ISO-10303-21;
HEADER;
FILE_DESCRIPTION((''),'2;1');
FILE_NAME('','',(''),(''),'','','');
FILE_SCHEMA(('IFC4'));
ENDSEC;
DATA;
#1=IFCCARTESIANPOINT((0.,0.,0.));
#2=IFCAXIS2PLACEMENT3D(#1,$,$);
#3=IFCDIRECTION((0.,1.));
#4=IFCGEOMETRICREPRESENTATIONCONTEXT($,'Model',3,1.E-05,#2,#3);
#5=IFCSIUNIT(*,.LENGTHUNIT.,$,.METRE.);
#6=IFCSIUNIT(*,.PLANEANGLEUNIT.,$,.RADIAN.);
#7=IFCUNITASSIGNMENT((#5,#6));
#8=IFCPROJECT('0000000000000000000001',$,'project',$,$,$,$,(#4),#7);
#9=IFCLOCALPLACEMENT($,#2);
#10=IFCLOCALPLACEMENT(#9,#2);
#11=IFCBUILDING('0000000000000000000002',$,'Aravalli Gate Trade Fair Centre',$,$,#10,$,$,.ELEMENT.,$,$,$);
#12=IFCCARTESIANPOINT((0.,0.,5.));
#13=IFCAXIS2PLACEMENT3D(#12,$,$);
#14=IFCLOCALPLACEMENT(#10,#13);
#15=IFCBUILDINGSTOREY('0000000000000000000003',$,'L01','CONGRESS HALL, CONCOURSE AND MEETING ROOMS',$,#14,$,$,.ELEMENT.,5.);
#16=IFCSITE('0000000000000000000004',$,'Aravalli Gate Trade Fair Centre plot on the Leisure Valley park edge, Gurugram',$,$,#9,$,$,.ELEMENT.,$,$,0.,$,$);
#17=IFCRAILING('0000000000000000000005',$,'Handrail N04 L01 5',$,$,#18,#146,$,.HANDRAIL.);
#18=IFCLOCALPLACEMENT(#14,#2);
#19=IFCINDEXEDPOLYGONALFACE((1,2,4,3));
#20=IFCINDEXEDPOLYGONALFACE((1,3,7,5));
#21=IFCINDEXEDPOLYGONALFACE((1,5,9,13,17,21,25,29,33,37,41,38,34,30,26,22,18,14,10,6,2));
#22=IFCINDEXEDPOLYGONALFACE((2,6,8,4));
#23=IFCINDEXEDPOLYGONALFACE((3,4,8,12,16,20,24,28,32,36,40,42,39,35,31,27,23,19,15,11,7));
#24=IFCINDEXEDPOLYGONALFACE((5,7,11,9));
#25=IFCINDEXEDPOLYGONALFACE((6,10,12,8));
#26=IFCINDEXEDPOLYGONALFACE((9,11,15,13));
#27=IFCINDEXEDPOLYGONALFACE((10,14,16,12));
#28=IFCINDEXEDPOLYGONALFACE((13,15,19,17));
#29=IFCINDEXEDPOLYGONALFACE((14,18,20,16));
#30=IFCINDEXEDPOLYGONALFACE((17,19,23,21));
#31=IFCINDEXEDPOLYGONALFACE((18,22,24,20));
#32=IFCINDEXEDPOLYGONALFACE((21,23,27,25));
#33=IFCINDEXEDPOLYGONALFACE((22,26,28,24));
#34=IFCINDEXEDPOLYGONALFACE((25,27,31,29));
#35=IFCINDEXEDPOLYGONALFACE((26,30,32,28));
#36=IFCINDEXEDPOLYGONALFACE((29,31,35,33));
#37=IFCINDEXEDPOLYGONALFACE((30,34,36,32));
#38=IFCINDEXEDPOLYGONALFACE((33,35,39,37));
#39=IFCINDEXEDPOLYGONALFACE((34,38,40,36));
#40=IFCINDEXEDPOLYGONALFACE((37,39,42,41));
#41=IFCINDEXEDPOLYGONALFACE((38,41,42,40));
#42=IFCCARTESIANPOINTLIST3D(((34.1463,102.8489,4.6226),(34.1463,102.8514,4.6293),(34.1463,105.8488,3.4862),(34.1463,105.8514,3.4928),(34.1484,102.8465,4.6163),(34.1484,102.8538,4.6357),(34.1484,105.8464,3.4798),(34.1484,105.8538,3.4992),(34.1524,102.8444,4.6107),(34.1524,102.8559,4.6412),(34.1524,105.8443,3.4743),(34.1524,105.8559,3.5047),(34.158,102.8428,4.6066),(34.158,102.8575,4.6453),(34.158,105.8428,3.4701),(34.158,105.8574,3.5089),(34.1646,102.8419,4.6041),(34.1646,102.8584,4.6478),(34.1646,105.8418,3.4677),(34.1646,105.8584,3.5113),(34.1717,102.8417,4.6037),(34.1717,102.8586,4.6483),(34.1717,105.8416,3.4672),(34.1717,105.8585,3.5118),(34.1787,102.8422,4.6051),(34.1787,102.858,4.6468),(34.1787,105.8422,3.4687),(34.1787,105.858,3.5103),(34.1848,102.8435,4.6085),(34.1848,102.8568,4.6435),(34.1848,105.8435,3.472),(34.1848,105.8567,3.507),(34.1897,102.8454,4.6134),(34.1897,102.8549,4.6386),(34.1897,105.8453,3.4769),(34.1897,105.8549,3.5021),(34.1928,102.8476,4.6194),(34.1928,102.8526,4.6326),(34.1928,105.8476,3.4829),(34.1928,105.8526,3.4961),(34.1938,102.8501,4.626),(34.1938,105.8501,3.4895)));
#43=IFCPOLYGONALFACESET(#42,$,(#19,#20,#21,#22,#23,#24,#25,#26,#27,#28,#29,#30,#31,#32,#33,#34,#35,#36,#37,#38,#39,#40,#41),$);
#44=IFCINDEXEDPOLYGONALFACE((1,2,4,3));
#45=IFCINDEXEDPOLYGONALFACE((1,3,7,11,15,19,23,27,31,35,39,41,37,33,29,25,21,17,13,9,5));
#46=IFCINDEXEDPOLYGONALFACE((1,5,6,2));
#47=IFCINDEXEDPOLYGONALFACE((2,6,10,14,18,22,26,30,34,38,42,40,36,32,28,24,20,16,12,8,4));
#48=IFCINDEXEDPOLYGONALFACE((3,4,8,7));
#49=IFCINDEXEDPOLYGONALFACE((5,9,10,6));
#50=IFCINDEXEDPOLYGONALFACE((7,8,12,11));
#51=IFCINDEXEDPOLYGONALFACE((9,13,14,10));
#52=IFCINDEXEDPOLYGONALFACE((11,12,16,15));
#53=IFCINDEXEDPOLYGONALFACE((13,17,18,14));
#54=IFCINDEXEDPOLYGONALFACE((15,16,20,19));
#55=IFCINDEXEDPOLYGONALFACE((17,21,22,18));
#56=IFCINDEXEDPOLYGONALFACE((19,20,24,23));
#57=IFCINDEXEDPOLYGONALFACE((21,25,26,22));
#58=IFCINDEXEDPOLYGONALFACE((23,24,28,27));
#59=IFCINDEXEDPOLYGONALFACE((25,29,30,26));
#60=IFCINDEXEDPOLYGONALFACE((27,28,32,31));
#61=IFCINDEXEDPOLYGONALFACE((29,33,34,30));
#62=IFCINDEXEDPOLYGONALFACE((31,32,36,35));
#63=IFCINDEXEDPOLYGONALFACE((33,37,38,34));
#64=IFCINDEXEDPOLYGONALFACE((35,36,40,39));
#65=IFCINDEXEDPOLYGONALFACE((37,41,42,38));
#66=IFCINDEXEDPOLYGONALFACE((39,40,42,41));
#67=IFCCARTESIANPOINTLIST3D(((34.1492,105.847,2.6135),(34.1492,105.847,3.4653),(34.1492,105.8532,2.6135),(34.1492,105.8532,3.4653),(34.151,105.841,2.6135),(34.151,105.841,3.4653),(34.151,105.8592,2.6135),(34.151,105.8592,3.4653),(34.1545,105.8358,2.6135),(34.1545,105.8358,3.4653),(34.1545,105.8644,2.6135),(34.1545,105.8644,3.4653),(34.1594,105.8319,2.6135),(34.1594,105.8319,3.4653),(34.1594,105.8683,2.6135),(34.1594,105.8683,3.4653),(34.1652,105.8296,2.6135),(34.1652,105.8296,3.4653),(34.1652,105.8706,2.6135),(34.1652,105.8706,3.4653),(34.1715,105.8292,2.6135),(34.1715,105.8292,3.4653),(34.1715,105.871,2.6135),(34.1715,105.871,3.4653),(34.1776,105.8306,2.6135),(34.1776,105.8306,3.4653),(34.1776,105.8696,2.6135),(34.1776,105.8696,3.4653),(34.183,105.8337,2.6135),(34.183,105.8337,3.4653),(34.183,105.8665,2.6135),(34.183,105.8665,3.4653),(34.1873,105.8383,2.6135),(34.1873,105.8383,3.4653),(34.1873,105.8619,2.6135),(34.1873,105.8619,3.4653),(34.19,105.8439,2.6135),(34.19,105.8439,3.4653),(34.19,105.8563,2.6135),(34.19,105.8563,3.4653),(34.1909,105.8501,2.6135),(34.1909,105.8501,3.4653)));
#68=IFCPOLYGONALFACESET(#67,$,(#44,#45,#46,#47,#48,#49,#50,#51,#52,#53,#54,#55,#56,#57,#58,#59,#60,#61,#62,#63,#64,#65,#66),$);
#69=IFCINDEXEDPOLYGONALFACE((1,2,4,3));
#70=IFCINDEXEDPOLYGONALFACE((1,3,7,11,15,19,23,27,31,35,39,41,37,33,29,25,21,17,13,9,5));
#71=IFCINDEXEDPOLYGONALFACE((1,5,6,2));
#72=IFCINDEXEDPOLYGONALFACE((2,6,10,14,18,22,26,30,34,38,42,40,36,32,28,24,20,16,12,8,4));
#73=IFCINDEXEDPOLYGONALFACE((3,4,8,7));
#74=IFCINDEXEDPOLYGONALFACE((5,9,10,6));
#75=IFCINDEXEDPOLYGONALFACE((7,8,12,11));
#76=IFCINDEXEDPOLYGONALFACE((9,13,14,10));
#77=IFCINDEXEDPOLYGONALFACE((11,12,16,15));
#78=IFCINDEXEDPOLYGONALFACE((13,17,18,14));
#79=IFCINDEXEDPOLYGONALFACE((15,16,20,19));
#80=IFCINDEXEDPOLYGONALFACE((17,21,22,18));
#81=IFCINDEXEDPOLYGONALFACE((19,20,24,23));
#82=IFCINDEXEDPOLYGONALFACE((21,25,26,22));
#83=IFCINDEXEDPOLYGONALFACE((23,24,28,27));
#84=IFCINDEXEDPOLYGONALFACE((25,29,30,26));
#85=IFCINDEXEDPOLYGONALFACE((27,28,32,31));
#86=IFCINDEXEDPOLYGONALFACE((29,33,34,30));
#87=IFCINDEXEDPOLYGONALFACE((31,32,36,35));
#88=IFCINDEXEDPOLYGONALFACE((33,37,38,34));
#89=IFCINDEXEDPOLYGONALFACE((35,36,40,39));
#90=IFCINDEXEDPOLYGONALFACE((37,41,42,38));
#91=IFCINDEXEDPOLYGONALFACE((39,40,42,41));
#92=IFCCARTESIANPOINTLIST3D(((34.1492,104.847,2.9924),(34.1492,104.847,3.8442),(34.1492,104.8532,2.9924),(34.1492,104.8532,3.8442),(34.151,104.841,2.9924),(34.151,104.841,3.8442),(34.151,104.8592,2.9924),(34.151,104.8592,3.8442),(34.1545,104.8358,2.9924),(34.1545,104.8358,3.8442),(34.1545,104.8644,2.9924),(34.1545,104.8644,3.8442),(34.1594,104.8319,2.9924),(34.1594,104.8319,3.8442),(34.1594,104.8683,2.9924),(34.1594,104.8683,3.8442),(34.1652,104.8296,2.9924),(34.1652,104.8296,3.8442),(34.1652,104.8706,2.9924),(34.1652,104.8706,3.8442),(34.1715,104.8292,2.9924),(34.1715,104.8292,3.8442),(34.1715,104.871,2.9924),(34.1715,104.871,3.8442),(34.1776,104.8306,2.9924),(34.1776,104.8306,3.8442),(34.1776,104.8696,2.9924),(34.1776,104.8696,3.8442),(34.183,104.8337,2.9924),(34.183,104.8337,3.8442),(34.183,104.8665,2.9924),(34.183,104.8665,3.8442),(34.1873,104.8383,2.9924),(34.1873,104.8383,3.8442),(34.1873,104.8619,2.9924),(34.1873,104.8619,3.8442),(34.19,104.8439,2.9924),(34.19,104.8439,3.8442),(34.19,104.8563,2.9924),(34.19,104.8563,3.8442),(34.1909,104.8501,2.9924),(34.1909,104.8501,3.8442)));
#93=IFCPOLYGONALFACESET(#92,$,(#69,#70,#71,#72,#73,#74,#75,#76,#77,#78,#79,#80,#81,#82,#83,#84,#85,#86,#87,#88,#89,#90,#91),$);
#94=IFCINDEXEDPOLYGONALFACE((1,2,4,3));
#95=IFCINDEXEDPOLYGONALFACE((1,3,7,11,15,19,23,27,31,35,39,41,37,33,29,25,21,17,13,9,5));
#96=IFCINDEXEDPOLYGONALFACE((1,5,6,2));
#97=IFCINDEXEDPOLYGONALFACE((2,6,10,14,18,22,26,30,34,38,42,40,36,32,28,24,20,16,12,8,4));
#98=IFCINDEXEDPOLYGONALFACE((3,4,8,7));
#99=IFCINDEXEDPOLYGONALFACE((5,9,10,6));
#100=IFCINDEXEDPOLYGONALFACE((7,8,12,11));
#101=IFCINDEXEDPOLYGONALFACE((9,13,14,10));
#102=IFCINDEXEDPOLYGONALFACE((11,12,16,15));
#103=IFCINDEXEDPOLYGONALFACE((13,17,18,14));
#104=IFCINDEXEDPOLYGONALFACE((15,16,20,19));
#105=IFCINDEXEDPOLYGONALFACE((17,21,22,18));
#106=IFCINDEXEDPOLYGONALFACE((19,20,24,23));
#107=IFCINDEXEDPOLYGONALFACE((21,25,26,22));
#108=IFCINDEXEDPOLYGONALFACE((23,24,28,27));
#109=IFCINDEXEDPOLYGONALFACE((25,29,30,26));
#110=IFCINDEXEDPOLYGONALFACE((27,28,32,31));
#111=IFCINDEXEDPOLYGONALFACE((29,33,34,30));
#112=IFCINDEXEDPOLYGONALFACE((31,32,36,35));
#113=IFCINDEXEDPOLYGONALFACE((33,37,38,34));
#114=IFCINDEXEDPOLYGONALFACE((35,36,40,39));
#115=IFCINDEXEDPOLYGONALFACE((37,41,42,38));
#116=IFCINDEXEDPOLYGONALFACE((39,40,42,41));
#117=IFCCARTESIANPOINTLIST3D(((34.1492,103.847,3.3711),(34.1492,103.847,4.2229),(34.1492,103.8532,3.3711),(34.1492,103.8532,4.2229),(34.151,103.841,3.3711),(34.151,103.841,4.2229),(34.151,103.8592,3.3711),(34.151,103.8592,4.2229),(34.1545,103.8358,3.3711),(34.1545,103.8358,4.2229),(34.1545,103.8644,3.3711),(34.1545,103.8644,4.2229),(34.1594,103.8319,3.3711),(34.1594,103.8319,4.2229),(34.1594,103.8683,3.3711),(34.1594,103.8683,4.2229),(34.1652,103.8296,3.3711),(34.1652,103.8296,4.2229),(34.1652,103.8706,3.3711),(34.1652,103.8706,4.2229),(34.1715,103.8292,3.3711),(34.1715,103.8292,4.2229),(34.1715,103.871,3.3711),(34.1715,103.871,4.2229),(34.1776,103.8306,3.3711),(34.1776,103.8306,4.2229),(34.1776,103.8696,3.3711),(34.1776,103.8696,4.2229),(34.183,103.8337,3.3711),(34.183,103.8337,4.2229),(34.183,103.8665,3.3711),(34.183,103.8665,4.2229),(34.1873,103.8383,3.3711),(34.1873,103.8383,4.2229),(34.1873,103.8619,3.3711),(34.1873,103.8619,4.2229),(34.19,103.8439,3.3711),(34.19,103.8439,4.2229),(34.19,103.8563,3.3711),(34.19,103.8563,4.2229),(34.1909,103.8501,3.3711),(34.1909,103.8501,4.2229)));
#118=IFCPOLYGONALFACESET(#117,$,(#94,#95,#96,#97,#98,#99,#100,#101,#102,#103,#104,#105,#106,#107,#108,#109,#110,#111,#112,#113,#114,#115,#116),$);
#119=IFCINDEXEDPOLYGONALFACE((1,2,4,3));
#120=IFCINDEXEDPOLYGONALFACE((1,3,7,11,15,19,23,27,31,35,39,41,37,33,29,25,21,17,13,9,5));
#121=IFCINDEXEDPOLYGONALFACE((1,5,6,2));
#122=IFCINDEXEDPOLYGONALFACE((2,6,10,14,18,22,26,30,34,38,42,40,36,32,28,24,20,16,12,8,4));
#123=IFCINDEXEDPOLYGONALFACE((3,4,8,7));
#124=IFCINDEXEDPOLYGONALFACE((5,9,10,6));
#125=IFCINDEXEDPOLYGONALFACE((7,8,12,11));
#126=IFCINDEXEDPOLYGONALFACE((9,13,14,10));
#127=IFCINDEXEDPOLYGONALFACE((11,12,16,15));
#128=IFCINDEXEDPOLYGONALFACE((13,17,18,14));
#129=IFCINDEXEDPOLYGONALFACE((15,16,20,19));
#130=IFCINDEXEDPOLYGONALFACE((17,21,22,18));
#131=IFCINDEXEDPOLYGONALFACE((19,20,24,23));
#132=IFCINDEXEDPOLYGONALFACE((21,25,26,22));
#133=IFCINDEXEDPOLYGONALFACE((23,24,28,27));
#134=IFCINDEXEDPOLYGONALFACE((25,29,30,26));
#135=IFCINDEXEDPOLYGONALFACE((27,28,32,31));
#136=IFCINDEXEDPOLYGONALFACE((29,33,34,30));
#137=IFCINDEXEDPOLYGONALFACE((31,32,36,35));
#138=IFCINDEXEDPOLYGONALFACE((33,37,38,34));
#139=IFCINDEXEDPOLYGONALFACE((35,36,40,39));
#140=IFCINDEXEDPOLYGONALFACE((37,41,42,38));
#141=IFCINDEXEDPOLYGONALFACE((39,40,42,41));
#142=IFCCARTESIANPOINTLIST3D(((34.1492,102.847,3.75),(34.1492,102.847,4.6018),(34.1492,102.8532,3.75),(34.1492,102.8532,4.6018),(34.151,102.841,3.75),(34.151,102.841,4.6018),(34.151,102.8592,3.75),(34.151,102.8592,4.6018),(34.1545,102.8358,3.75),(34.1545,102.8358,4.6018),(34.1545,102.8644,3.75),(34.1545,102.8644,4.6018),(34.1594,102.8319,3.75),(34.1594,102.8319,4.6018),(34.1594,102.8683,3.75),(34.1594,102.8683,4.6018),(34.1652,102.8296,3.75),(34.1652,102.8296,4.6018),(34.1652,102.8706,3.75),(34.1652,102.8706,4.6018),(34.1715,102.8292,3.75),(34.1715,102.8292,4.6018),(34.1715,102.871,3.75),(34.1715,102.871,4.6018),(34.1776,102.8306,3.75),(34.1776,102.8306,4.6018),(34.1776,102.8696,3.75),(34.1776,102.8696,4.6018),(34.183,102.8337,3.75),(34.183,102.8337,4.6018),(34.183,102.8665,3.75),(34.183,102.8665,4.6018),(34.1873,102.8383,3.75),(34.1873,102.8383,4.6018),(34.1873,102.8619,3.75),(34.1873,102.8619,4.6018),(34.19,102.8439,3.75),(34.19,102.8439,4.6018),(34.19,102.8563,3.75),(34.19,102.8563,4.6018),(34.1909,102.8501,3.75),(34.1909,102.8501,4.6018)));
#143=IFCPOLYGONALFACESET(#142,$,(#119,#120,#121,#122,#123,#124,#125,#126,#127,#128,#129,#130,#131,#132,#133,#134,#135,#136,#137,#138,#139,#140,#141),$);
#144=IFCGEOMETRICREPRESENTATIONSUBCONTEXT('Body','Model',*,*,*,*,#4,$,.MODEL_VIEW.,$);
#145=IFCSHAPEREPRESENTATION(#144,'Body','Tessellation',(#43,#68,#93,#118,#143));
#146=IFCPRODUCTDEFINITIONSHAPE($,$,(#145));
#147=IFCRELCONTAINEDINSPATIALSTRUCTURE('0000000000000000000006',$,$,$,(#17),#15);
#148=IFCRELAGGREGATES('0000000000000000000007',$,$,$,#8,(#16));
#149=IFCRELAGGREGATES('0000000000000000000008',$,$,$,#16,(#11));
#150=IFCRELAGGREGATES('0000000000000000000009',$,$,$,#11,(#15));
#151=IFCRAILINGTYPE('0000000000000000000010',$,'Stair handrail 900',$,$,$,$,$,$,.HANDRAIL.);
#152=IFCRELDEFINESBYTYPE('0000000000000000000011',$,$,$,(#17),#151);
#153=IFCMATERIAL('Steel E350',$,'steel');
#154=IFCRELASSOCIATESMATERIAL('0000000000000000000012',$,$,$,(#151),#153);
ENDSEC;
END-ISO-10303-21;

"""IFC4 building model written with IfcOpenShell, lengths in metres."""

from ifc_helpers import new_model, si_unit, direction, frame, origin, origin_2d, place, context, subcontext, project, spatial, circle, extrude, material, type_object, element, save


model = new_model("IFC4")

# Units and contexts
model_context = context("Model", 3, precision=1e-05, world=origin(), true_north=direction((0.0, 1.0)))
body_context = subcontext(model_context, "Body", "Model", "MODEL_VIEW")
ifc_project = project(units=[si_unit("LENGTHUNIT", "METRE"), si_unit("PLANEANGLEUNIT", "RADIAN")], contexts=[model_context])

# Site, building, storey
site_placement = place(None, origin())
site = spatial("IfcSite", under=ifc_project, at=site_placement, Name="Aravalli Gate Trade Fair Centre plot on the Leisure Valley park edge, Gurugram", CompositionType="ELEMENT", RefElevation=0.0)
building_placement = place(site_placement, origin())
building = spatial("IfcBuilding", under=site, at=building_placement, Name="Aravalli Gate Trade Fair Centre", CompositionType="ELEMENT")
storey_placement = place(building_placement, frame((0.0, 0.0, 5.0)))
storey = spatial("IfcBuildingStorey", under=building, at=storey_placement, Name="L01", Description="CONGRESS HALL, CONCOURSE AND MEETING ROOMS", CompositionType="ELEMENT", Elevation=5.0)

# Shared definitions
ifc_material_1 = material(Name="Steel E350", Category="steel")

# Railing
railing_type_1 = type_object("IfcRailingType", Name="Stair handrail 900", PredefinedType="HANDRAIL", material=ifc_material_1)
for number, where, name in (
    (1, (34.1699, 105.8501, 2.6135), "Handrail N04 L01 5"),
):
    element("IfcRailing", number, at=place(storey_placement, frame(where)), inside=storey, type_object=railing_type_1, Name=name, PredefinedType="HANDRAIL", context=body_context, shape_type="SweptSolid", body=[
        extrude(circle(Radius=0.0239, at=origin_2d()), frame((0.0, 0.0, 0.876), z_axis=(0.0, -0.935148, 0.354257), x_axis=(1.0, 0.0, 0.0)), (0.0, 0.0, 1.0), 3.208),
        extrude(circle(Radius=0.021, at=origin_2d()), origin(), (0.0, 0.0, 1.0), 0.8518),
        extrude(circle(Radius=0.021, at=origin_2d()), frame((0.0, -1.0, 0.3789)), (0.0, 0.0, 1.0), 0.8518),
        extrude(circle(Radius=0.021, at=origin_2d()), frame((0.0, -2.0, 0.7576)), (0.0, 0.0, 1.0), 0.8518),
        extrude(circle(Radius=0.021, at=origin_2d()), frame((0.0, -3.0, 1.1365)), (0.0, 0.0, 1.0), 0.8518),
    ])

save(model, "model.ifc")
